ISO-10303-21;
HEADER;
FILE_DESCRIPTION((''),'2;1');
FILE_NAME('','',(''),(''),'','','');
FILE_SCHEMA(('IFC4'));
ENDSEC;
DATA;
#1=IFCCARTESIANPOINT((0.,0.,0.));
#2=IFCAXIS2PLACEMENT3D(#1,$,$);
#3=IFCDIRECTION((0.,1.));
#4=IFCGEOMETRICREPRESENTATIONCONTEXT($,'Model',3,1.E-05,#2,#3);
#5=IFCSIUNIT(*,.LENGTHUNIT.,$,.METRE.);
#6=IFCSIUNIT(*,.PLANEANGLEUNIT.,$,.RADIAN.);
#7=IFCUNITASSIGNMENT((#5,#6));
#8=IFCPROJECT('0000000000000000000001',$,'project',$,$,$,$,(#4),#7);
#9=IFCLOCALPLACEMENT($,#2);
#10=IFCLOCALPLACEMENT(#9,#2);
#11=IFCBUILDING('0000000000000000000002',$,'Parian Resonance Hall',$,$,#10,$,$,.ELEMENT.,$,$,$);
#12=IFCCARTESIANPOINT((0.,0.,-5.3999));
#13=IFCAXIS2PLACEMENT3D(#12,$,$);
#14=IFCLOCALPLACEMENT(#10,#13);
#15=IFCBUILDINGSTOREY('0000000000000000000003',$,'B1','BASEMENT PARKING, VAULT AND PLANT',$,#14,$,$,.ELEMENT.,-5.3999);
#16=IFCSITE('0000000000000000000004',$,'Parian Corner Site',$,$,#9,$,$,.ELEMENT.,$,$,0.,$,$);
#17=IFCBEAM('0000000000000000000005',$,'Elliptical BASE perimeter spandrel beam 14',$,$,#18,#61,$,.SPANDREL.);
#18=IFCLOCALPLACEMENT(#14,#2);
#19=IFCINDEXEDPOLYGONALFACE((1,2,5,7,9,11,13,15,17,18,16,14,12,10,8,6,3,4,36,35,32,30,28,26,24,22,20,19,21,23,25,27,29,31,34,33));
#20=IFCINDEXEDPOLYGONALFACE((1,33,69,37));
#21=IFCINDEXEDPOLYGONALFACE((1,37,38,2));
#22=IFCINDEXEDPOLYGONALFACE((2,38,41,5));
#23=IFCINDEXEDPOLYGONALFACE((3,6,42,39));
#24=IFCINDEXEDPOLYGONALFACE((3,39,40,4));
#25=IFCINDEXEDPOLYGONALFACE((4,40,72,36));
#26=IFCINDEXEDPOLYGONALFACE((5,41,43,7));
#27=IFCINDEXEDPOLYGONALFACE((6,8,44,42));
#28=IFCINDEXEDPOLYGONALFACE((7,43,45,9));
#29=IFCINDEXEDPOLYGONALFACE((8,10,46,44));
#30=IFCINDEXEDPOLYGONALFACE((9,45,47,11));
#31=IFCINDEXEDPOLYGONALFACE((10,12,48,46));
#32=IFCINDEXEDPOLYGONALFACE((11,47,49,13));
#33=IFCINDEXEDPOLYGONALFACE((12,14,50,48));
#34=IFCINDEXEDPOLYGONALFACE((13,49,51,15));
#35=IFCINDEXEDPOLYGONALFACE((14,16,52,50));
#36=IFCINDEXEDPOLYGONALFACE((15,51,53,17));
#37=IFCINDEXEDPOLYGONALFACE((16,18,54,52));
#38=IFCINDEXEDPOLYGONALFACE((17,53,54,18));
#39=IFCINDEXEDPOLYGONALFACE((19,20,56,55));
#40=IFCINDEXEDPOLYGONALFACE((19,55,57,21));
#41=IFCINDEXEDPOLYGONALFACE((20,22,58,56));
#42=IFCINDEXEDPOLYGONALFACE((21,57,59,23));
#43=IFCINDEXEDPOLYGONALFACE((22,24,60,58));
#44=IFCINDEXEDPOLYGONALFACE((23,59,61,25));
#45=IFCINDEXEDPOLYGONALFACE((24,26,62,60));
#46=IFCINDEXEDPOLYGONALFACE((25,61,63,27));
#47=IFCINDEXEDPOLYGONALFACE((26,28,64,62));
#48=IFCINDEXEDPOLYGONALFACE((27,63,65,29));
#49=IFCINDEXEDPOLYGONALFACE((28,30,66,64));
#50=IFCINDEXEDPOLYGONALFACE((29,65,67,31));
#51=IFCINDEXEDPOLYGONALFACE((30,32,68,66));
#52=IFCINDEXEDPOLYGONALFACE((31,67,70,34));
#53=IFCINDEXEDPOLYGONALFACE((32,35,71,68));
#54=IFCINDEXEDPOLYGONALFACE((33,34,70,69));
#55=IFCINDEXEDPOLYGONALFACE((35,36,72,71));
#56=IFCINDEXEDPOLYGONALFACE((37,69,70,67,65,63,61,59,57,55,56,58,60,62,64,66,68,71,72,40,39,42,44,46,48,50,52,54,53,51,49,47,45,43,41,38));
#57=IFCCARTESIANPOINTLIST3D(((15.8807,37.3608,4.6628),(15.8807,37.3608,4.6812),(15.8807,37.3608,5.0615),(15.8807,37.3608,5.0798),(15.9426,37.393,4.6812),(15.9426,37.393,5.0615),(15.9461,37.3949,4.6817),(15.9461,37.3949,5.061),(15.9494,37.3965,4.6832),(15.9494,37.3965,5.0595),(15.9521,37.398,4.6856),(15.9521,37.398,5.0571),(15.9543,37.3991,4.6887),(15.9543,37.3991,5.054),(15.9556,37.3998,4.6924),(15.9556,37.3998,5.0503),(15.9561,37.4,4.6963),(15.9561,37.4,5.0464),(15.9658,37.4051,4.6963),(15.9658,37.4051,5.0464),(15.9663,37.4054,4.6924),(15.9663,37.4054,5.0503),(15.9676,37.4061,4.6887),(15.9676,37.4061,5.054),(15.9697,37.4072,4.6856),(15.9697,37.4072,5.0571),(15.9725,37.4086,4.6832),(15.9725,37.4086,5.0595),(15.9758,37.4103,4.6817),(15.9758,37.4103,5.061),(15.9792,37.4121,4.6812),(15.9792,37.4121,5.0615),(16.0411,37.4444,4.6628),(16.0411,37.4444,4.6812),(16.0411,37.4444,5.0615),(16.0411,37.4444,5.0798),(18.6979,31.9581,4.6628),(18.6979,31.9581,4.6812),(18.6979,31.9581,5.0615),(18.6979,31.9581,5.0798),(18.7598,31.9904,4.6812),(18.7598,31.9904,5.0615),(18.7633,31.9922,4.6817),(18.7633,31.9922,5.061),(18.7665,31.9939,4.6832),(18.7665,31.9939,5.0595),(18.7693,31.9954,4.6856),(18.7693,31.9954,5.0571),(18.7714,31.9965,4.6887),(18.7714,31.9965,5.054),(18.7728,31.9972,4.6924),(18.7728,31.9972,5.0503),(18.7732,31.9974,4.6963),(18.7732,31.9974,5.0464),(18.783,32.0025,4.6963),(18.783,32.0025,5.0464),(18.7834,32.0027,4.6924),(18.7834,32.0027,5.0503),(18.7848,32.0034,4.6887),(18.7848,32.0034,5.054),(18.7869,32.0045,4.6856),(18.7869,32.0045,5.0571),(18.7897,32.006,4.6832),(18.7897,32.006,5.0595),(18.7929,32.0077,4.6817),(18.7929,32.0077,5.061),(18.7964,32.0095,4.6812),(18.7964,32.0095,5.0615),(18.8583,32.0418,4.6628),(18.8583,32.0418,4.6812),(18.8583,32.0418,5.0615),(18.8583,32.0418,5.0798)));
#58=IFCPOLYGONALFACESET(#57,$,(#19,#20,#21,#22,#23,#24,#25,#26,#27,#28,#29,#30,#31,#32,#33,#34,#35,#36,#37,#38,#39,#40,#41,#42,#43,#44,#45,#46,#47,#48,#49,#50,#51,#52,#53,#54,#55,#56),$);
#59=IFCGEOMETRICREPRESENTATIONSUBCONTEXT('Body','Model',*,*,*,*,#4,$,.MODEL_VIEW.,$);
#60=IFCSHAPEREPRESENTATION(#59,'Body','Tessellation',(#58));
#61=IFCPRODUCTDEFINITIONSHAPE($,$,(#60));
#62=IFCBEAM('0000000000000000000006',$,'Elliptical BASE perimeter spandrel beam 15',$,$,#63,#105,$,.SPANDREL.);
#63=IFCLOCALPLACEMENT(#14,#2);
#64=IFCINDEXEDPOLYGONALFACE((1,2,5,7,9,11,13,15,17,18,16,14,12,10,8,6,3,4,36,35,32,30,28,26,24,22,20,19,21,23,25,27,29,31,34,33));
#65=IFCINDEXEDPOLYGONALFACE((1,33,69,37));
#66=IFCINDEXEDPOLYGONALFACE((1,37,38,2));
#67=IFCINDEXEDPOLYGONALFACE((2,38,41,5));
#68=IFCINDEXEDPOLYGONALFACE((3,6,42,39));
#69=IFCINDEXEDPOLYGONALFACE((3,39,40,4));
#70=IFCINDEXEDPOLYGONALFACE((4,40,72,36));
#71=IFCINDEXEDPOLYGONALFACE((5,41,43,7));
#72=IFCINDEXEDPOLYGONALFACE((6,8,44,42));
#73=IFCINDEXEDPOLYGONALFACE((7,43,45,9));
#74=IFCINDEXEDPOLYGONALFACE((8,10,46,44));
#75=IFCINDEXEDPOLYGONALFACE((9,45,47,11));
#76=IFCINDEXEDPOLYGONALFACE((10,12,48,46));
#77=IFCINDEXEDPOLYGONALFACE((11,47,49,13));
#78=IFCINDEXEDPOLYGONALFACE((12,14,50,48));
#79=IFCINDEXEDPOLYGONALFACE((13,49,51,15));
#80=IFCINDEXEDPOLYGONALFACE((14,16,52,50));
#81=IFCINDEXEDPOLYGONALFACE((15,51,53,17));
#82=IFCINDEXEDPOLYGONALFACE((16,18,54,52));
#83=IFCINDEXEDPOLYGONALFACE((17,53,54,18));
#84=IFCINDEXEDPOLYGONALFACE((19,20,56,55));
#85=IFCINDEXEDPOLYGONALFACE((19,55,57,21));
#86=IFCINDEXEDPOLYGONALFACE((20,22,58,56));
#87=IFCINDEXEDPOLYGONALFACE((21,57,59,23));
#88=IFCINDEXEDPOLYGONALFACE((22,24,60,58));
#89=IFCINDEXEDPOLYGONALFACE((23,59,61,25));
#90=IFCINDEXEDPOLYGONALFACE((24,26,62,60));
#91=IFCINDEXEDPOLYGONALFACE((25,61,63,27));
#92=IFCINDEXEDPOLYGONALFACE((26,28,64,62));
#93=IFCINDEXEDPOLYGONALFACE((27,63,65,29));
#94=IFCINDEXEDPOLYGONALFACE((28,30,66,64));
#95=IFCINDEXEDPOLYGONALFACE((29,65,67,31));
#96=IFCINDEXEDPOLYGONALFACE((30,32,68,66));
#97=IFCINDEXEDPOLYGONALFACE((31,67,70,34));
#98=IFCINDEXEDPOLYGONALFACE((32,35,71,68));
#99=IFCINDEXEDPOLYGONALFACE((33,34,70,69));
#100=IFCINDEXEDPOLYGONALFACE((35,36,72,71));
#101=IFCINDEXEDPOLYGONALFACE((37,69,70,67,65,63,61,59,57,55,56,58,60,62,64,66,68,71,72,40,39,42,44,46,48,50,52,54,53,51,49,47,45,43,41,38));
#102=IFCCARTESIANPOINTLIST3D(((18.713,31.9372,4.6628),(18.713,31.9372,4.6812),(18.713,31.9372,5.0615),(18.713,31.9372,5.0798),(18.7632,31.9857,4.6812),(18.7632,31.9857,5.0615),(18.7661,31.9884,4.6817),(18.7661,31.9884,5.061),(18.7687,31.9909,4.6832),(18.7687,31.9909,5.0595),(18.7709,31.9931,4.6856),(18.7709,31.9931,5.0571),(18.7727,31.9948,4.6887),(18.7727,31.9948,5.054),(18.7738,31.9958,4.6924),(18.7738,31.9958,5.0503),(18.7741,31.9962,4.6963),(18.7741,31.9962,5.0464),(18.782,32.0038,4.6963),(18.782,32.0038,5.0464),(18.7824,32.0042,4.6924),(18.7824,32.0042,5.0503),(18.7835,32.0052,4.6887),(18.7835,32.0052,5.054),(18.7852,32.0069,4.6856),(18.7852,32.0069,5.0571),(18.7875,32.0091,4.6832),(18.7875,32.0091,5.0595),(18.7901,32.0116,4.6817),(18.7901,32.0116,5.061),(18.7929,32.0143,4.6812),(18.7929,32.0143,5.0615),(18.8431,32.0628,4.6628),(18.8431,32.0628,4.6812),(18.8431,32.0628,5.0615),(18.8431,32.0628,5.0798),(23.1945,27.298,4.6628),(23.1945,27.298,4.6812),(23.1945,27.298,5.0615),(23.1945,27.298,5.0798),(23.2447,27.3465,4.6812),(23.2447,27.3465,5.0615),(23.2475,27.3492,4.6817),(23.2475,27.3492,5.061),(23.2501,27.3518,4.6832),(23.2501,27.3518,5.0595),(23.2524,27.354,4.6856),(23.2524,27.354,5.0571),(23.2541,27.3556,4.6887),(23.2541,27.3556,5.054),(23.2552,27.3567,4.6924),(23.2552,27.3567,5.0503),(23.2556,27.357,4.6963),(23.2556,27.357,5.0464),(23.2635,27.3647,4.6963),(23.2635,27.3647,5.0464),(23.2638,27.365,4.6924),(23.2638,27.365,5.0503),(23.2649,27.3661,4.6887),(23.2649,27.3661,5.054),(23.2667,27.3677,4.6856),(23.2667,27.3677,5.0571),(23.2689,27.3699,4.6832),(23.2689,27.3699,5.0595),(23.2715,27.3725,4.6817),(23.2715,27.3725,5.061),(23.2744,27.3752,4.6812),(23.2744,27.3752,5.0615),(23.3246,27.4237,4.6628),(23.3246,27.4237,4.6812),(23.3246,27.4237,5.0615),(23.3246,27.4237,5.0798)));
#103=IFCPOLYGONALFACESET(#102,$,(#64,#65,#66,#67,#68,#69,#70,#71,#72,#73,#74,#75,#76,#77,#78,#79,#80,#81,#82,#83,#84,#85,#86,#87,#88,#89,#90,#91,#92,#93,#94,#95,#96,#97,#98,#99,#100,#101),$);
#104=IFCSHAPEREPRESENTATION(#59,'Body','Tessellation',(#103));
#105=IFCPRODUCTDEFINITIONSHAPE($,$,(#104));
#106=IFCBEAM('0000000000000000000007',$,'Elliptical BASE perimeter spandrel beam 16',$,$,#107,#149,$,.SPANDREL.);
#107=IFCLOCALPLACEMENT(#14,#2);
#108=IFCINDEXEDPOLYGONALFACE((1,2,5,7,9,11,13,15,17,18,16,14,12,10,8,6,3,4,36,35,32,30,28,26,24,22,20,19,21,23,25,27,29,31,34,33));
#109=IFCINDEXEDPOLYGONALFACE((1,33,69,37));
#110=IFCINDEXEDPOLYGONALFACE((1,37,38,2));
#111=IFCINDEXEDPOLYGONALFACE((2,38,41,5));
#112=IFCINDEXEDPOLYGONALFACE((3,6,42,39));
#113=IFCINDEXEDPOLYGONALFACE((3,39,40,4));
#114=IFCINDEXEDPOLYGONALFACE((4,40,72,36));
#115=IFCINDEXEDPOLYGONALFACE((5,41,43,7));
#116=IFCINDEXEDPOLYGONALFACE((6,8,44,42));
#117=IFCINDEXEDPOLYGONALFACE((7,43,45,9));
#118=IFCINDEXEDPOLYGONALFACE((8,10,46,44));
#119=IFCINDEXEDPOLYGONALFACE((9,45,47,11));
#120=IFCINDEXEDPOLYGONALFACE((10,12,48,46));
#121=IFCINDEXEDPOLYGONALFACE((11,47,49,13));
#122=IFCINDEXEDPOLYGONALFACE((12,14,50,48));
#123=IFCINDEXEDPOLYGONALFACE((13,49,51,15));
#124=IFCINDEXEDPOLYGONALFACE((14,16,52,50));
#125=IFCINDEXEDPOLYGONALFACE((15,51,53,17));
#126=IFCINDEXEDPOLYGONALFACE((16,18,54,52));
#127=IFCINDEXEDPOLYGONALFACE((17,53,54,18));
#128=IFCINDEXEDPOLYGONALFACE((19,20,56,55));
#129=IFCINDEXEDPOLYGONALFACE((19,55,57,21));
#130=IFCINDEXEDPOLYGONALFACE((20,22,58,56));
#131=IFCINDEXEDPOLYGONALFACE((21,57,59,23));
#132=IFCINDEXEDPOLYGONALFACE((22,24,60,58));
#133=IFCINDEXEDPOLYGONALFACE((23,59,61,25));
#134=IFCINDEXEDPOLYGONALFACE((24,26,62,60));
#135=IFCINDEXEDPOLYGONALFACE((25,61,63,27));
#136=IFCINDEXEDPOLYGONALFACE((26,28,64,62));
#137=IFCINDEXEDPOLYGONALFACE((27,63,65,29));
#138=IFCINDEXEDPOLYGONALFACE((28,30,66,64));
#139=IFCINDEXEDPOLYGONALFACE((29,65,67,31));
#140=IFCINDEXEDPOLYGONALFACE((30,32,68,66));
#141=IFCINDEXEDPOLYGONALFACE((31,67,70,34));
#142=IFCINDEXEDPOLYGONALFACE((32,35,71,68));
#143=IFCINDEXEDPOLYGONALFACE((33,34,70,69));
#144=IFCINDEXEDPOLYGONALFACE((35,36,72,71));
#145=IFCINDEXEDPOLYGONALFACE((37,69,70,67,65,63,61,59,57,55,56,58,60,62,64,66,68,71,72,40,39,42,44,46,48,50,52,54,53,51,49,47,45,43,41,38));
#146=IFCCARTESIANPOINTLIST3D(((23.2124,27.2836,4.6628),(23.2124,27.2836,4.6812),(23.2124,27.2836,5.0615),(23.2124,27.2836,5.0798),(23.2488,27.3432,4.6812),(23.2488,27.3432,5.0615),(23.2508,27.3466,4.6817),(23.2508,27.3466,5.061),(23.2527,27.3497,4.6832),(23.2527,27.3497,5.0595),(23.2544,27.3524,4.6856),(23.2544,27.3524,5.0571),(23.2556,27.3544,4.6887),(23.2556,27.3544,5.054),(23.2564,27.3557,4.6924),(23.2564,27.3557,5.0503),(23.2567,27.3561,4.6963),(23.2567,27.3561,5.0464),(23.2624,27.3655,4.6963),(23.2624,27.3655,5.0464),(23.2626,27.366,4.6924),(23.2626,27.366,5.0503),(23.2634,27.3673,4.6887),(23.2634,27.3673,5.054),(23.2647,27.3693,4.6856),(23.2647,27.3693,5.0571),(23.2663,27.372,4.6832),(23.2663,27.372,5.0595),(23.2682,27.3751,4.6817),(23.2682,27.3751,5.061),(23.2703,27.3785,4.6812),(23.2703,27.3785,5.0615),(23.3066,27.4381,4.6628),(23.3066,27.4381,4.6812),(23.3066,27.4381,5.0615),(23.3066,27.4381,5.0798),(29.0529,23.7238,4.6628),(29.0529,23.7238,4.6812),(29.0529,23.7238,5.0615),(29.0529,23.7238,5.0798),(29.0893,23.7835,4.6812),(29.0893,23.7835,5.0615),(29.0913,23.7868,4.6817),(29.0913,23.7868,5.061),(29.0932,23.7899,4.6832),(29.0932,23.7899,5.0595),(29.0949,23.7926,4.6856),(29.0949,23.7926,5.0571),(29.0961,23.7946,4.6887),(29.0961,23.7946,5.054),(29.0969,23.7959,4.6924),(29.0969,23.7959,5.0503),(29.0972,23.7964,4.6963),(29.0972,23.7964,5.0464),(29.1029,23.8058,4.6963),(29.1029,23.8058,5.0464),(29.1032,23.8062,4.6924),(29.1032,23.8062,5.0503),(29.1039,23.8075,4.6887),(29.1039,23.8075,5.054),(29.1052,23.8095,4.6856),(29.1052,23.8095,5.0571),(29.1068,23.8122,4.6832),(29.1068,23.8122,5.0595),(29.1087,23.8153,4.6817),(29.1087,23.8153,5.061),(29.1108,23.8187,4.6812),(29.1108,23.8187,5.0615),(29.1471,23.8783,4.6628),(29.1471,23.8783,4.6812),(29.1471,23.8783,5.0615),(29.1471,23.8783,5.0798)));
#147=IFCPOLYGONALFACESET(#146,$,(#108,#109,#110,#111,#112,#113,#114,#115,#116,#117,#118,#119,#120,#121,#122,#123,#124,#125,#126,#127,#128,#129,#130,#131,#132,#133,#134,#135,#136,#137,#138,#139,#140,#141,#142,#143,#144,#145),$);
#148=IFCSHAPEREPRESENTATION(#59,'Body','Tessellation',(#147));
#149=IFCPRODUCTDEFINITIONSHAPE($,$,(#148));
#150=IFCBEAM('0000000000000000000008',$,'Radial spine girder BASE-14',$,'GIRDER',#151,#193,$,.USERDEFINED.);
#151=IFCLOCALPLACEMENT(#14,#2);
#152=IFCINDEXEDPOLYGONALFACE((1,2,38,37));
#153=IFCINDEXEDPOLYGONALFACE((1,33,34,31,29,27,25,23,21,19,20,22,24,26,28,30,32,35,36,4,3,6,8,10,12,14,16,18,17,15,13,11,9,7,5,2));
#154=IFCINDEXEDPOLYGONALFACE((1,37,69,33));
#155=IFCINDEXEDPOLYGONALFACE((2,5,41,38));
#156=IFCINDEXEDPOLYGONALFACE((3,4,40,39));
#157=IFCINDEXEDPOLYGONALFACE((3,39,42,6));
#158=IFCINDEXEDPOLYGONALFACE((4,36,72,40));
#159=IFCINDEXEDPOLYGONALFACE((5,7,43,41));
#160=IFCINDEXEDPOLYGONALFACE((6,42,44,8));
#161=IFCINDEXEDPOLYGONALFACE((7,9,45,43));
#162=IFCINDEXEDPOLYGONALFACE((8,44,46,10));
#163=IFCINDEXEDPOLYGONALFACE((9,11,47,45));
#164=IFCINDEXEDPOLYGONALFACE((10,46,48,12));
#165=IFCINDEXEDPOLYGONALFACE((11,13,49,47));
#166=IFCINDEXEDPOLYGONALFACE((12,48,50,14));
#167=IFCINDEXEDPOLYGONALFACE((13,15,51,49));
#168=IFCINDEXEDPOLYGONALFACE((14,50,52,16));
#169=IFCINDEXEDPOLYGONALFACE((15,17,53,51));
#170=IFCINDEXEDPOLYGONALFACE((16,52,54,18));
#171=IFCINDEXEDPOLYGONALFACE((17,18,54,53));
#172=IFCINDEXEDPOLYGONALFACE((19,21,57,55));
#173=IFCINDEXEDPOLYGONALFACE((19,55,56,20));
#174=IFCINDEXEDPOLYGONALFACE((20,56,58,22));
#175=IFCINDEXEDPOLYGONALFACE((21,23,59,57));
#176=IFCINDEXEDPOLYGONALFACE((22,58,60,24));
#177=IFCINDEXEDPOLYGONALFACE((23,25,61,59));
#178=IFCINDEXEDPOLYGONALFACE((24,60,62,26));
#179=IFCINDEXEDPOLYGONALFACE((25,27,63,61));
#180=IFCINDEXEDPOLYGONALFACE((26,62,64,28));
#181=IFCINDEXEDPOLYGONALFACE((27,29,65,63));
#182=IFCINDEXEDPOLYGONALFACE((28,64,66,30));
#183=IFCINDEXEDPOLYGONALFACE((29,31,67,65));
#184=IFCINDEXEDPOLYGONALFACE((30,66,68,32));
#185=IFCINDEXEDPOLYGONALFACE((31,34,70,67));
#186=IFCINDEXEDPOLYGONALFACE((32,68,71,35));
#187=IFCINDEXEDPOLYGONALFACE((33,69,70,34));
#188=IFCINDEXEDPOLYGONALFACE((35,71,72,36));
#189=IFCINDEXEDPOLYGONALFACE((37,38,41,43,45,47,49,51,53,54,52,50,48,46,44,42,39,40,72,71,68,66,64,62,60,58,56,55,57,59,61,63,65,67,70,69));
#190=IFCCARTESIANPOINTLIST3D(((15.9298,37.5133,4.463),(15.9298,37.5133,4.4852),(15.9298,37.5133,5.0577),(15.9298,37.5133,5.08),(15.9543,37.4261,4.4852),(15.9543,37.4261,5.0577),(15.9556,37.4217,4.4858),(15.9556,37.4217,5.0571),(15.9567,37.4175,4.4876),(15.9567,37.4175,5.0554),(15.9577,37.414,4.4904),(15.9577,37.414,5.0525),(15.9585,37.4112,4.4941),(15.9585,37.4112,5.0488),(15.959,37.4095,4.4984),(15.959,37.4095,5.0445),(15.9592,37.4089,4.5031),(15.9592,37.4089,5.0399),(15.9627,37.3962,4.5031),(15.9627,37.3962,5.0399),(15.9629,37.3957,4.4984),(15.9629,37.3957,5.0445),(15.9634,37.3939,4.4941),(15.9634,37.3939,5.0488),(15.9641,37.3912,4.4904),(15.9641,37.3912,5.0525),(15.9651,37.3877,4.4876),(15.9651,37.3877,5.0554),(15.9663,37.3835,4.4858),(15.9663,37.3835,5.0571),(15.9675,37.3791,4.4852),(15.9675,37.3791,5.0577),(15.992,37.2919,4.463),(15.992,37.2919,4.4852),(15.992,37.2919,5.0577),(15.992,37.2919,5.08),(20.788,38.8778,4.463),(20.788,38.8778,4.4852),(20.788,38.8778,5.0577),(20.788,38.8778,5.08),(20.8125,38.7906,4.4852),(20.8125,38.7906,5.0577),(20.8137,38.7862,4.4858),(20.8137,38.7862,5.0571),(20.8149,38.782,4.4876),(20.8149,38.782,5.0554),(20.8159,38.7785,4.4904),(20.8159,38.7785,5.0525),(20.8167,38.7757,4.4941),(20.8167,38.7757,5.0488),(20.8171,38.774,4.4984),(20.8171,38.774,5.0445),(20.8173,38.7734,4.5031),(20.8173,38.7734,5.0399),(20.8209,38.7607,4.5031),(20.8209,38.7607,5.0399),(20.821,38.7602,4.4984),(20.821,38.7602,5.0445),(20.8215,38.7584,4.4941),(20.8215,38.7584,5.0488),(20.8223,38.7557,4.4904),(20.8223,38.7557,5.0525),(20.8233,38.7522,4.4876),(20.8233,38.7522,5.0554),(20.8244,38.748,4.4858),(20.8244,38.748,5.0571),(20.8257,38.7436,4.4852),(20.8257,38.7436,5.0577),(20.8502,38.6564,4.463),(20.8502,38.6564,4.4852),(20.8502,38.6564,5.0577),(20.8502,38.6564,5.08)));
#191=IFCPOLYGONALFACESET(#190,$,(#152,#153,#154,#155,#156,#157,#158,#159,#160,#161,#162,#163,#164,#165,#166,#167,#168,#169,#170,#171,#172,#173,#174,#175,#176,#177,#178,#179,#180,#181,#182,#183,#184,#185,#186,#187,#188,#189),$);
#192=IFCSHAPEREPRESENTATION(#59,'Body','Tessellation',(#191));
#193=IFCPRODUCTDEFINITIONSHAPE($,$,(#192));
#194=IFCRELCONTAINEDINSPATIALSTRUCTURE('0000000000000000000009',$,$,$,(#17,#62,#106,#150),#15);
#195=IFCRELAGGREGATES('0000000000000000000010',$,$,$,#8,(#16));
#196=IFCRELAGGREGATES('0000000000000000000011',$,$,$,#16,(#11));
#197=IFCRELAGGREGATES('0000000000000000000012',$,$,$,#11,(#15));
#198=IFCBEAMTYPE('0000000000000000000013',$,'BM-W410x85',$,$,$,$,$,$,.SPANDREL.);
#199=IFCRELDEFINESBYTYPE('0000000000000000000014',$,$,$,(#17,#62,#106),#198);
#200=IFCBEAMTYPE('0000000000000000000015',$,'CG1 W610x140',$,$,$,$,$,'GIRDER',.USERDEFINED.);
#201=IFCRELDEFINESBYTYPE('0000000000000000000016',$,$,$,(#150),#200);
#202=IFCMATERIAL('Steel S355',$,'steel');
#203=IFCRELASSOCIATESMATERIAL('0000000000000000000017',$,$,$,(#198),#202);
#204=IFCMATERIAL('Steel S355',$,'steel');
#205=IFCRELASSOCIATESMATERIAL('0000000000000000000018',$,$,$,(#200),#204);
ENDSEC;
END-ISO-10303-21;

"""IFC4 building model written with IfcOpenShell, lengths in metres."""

from ifc_helpers import new_model, si_unit, direction, frame, origin, origin_2d, place, context, subcontext, project, spatial, i_section, extrude, material, material_profile, profile_set, type_object, element, save


model = new_model("IFC4")

# Units and contexts
model_context = context("Model", 3, precision=1e-05, world=origin(), true_north=direction((0.0, 1.0)))
body_context = subcontext(model_context, "Body", "Model", "MODEL_VIEW")
ifc_project = project(units=[si_unit("LENGTHUNIT", "METRE"), si_unit("PLANEANGLEUNIT", "RADIAN")], contexts=[model_context])

# Site, building, storey
site_placement = place(None, origin())
site = spatial("IfcSite", under=ifc_project, at=site_placement, Name="Parian Corner Site", CompositionType="ELEMENT", RefElevation=0.0)
building_placement = place(site_placement, origin())
building = spatial("IfcBuilding", under=site, at=building_placement, Name="Parian Resonance Hall", CompositionType="ELEMENT")
storey_placement = place(building_placement, frame((0.0, 0.0, -5.3999)))
storey = spatial("IfcBuildingStorey", under=building, at=storey_placement, Name="B1", Description="BASEMENT PARKING, VAULT AND PLANT", CompositionType="ELEMENT", Elevation=-5.3999)

# Beams
ifc_material_1 = material(Name="Steel S355", Category="steel")
ifc_material_profile_1 = material_profile(ifc_material_1, i_section(OverallWidth=0.1809, OverallDepth=0.417, WebThickness=0.011, FlangeThickness=0.0183, FilletRadius=0.0151, at=origin_2d()), Name="W410x85")
ifc_profile_set_1 = profile_set([ifc_material_profile_1], Name="Steel S355")
beam_type_1 = type_object("IfcBeamType", Name="BM-W410x85", PredefinedType="SPANDREL", material=ifc_profile_set_1)
beam_1_placement = place(storey_placement, frame((15.9609, 37.4026, 4.8713), z_axis=(0.462359, -0.886693, 0.0), x_axis=(0.886693, 0.462359, 0.0)))
element("IfcBeam", 1, at=beam_1_placement, inside=storey, type_object=beam_type_1, Name="Elliptical BASE perimeter spandrel beam 14", PredefinedType="SPANDREL", context=body_context, shape_type="SweptSolid", body=[
    extrude(i_section(OverallWidth=0.1809, OverallDepth=0.417, WebThickness=0.011, FlangeThickness=0.0183, FilletRadius=0.0151, at=origin_2d()), origin(), (0.0, 0.0, 1.0), 6.093),
])
beam_2_placement = place(storey_placement, frame((18.7781, 32.0, 4.8713), z_axis=(0.694776, -0.719227, 0.0), x_axis=(0.719227, 0.694776, 0.0)))
element("IfcBeam", 2, at=beam_2_placement, inside=storey, type_object=beam_type_1, Name="Elliptical BASE perimeter spandrel beam 15", PredefinedType="SPANDREL", context=body_context, shape_type="SweptSolid", body=[
    extrude(i_section(OverallWidth=0.1809, OverallDepth=0.417, WebThickness=0.011, FlangeThickness=0.0183, FilletRadius=0.0151, at=origin_2d()), origin(), (0.0, 0.0, 1.0), 6.4502),
])
beam_3_placement = place(storey_placement, frame((23.2595, 27.3608, 4.8713), z_axis=(0.853894, -0.520446, 0.0), x_axis=(0.520446, 0.853894, 0.0)))
element("IfcBeam", 3, at=beam_3_placement, inside=storey, type_object=beam_type_1, Name="Elliptical BASE perimeter spandrel beam 16", PredefinedType="SPANDREL", context=body_context, shape_type="SweptSolid", body=[
    extrude(i_section(OverallWidth=0.1809, OverallDepth=0.417, WebThickness=0.011, FlangeThickness=0.0183, FilletRadius=0.0151, at=origin_2d()), origin(), (0.0, 0.0, 1.0), 6.8398),
])
ifc_material_2 = material(Name="Steel S355", Category="steel")
ifc_material_profile_2 = material_profile(ifc_material_2, i_section(OverallWidth=0.23, OverallDepth=0.6169, WebThickness=0.0132, FlangeThickness=0.0222, FilletRadius=0.0178, at=origin_2d()), Name="W610x140")
ifc_profile_set_2 = profile_set([ifc_material_profile_2], Name="Steel S355")
beam_type_2 = type_object("IfcBeamType", Name="CG1 W610x140", ElementType="GIRDER", PredefinedType="USERDEFINED", material=ifc_profile_set_2)
beam_4_placement = place(storey_placement, frame((20.8191, 38.7671, 4.7715), z_axis=(-0.962747, -0.270405, 0.0), x_axis=(0.270405, -0.962747, 0.0)))
element("IfcBeam", 4, at=beam_4_placement, inside=storey, type_object=beam_type_2, Name="Radial spine girder BASE-14", ObjectType="GIRDER", PredefinedType="USERDEFINED", context=body_context, shape_type="SweptSolid", body=[
    extrude(i_section(OverallWidth=0.23, OverallDepth=0.6169, WebThickness=0.0132, FlangeThickness=0.0222, FilletRadius=0.0178, at=origin_2d()), origin(), (0.0, 0.0, 1.0), 5.0461),
])

save(model, "model.ifc")
